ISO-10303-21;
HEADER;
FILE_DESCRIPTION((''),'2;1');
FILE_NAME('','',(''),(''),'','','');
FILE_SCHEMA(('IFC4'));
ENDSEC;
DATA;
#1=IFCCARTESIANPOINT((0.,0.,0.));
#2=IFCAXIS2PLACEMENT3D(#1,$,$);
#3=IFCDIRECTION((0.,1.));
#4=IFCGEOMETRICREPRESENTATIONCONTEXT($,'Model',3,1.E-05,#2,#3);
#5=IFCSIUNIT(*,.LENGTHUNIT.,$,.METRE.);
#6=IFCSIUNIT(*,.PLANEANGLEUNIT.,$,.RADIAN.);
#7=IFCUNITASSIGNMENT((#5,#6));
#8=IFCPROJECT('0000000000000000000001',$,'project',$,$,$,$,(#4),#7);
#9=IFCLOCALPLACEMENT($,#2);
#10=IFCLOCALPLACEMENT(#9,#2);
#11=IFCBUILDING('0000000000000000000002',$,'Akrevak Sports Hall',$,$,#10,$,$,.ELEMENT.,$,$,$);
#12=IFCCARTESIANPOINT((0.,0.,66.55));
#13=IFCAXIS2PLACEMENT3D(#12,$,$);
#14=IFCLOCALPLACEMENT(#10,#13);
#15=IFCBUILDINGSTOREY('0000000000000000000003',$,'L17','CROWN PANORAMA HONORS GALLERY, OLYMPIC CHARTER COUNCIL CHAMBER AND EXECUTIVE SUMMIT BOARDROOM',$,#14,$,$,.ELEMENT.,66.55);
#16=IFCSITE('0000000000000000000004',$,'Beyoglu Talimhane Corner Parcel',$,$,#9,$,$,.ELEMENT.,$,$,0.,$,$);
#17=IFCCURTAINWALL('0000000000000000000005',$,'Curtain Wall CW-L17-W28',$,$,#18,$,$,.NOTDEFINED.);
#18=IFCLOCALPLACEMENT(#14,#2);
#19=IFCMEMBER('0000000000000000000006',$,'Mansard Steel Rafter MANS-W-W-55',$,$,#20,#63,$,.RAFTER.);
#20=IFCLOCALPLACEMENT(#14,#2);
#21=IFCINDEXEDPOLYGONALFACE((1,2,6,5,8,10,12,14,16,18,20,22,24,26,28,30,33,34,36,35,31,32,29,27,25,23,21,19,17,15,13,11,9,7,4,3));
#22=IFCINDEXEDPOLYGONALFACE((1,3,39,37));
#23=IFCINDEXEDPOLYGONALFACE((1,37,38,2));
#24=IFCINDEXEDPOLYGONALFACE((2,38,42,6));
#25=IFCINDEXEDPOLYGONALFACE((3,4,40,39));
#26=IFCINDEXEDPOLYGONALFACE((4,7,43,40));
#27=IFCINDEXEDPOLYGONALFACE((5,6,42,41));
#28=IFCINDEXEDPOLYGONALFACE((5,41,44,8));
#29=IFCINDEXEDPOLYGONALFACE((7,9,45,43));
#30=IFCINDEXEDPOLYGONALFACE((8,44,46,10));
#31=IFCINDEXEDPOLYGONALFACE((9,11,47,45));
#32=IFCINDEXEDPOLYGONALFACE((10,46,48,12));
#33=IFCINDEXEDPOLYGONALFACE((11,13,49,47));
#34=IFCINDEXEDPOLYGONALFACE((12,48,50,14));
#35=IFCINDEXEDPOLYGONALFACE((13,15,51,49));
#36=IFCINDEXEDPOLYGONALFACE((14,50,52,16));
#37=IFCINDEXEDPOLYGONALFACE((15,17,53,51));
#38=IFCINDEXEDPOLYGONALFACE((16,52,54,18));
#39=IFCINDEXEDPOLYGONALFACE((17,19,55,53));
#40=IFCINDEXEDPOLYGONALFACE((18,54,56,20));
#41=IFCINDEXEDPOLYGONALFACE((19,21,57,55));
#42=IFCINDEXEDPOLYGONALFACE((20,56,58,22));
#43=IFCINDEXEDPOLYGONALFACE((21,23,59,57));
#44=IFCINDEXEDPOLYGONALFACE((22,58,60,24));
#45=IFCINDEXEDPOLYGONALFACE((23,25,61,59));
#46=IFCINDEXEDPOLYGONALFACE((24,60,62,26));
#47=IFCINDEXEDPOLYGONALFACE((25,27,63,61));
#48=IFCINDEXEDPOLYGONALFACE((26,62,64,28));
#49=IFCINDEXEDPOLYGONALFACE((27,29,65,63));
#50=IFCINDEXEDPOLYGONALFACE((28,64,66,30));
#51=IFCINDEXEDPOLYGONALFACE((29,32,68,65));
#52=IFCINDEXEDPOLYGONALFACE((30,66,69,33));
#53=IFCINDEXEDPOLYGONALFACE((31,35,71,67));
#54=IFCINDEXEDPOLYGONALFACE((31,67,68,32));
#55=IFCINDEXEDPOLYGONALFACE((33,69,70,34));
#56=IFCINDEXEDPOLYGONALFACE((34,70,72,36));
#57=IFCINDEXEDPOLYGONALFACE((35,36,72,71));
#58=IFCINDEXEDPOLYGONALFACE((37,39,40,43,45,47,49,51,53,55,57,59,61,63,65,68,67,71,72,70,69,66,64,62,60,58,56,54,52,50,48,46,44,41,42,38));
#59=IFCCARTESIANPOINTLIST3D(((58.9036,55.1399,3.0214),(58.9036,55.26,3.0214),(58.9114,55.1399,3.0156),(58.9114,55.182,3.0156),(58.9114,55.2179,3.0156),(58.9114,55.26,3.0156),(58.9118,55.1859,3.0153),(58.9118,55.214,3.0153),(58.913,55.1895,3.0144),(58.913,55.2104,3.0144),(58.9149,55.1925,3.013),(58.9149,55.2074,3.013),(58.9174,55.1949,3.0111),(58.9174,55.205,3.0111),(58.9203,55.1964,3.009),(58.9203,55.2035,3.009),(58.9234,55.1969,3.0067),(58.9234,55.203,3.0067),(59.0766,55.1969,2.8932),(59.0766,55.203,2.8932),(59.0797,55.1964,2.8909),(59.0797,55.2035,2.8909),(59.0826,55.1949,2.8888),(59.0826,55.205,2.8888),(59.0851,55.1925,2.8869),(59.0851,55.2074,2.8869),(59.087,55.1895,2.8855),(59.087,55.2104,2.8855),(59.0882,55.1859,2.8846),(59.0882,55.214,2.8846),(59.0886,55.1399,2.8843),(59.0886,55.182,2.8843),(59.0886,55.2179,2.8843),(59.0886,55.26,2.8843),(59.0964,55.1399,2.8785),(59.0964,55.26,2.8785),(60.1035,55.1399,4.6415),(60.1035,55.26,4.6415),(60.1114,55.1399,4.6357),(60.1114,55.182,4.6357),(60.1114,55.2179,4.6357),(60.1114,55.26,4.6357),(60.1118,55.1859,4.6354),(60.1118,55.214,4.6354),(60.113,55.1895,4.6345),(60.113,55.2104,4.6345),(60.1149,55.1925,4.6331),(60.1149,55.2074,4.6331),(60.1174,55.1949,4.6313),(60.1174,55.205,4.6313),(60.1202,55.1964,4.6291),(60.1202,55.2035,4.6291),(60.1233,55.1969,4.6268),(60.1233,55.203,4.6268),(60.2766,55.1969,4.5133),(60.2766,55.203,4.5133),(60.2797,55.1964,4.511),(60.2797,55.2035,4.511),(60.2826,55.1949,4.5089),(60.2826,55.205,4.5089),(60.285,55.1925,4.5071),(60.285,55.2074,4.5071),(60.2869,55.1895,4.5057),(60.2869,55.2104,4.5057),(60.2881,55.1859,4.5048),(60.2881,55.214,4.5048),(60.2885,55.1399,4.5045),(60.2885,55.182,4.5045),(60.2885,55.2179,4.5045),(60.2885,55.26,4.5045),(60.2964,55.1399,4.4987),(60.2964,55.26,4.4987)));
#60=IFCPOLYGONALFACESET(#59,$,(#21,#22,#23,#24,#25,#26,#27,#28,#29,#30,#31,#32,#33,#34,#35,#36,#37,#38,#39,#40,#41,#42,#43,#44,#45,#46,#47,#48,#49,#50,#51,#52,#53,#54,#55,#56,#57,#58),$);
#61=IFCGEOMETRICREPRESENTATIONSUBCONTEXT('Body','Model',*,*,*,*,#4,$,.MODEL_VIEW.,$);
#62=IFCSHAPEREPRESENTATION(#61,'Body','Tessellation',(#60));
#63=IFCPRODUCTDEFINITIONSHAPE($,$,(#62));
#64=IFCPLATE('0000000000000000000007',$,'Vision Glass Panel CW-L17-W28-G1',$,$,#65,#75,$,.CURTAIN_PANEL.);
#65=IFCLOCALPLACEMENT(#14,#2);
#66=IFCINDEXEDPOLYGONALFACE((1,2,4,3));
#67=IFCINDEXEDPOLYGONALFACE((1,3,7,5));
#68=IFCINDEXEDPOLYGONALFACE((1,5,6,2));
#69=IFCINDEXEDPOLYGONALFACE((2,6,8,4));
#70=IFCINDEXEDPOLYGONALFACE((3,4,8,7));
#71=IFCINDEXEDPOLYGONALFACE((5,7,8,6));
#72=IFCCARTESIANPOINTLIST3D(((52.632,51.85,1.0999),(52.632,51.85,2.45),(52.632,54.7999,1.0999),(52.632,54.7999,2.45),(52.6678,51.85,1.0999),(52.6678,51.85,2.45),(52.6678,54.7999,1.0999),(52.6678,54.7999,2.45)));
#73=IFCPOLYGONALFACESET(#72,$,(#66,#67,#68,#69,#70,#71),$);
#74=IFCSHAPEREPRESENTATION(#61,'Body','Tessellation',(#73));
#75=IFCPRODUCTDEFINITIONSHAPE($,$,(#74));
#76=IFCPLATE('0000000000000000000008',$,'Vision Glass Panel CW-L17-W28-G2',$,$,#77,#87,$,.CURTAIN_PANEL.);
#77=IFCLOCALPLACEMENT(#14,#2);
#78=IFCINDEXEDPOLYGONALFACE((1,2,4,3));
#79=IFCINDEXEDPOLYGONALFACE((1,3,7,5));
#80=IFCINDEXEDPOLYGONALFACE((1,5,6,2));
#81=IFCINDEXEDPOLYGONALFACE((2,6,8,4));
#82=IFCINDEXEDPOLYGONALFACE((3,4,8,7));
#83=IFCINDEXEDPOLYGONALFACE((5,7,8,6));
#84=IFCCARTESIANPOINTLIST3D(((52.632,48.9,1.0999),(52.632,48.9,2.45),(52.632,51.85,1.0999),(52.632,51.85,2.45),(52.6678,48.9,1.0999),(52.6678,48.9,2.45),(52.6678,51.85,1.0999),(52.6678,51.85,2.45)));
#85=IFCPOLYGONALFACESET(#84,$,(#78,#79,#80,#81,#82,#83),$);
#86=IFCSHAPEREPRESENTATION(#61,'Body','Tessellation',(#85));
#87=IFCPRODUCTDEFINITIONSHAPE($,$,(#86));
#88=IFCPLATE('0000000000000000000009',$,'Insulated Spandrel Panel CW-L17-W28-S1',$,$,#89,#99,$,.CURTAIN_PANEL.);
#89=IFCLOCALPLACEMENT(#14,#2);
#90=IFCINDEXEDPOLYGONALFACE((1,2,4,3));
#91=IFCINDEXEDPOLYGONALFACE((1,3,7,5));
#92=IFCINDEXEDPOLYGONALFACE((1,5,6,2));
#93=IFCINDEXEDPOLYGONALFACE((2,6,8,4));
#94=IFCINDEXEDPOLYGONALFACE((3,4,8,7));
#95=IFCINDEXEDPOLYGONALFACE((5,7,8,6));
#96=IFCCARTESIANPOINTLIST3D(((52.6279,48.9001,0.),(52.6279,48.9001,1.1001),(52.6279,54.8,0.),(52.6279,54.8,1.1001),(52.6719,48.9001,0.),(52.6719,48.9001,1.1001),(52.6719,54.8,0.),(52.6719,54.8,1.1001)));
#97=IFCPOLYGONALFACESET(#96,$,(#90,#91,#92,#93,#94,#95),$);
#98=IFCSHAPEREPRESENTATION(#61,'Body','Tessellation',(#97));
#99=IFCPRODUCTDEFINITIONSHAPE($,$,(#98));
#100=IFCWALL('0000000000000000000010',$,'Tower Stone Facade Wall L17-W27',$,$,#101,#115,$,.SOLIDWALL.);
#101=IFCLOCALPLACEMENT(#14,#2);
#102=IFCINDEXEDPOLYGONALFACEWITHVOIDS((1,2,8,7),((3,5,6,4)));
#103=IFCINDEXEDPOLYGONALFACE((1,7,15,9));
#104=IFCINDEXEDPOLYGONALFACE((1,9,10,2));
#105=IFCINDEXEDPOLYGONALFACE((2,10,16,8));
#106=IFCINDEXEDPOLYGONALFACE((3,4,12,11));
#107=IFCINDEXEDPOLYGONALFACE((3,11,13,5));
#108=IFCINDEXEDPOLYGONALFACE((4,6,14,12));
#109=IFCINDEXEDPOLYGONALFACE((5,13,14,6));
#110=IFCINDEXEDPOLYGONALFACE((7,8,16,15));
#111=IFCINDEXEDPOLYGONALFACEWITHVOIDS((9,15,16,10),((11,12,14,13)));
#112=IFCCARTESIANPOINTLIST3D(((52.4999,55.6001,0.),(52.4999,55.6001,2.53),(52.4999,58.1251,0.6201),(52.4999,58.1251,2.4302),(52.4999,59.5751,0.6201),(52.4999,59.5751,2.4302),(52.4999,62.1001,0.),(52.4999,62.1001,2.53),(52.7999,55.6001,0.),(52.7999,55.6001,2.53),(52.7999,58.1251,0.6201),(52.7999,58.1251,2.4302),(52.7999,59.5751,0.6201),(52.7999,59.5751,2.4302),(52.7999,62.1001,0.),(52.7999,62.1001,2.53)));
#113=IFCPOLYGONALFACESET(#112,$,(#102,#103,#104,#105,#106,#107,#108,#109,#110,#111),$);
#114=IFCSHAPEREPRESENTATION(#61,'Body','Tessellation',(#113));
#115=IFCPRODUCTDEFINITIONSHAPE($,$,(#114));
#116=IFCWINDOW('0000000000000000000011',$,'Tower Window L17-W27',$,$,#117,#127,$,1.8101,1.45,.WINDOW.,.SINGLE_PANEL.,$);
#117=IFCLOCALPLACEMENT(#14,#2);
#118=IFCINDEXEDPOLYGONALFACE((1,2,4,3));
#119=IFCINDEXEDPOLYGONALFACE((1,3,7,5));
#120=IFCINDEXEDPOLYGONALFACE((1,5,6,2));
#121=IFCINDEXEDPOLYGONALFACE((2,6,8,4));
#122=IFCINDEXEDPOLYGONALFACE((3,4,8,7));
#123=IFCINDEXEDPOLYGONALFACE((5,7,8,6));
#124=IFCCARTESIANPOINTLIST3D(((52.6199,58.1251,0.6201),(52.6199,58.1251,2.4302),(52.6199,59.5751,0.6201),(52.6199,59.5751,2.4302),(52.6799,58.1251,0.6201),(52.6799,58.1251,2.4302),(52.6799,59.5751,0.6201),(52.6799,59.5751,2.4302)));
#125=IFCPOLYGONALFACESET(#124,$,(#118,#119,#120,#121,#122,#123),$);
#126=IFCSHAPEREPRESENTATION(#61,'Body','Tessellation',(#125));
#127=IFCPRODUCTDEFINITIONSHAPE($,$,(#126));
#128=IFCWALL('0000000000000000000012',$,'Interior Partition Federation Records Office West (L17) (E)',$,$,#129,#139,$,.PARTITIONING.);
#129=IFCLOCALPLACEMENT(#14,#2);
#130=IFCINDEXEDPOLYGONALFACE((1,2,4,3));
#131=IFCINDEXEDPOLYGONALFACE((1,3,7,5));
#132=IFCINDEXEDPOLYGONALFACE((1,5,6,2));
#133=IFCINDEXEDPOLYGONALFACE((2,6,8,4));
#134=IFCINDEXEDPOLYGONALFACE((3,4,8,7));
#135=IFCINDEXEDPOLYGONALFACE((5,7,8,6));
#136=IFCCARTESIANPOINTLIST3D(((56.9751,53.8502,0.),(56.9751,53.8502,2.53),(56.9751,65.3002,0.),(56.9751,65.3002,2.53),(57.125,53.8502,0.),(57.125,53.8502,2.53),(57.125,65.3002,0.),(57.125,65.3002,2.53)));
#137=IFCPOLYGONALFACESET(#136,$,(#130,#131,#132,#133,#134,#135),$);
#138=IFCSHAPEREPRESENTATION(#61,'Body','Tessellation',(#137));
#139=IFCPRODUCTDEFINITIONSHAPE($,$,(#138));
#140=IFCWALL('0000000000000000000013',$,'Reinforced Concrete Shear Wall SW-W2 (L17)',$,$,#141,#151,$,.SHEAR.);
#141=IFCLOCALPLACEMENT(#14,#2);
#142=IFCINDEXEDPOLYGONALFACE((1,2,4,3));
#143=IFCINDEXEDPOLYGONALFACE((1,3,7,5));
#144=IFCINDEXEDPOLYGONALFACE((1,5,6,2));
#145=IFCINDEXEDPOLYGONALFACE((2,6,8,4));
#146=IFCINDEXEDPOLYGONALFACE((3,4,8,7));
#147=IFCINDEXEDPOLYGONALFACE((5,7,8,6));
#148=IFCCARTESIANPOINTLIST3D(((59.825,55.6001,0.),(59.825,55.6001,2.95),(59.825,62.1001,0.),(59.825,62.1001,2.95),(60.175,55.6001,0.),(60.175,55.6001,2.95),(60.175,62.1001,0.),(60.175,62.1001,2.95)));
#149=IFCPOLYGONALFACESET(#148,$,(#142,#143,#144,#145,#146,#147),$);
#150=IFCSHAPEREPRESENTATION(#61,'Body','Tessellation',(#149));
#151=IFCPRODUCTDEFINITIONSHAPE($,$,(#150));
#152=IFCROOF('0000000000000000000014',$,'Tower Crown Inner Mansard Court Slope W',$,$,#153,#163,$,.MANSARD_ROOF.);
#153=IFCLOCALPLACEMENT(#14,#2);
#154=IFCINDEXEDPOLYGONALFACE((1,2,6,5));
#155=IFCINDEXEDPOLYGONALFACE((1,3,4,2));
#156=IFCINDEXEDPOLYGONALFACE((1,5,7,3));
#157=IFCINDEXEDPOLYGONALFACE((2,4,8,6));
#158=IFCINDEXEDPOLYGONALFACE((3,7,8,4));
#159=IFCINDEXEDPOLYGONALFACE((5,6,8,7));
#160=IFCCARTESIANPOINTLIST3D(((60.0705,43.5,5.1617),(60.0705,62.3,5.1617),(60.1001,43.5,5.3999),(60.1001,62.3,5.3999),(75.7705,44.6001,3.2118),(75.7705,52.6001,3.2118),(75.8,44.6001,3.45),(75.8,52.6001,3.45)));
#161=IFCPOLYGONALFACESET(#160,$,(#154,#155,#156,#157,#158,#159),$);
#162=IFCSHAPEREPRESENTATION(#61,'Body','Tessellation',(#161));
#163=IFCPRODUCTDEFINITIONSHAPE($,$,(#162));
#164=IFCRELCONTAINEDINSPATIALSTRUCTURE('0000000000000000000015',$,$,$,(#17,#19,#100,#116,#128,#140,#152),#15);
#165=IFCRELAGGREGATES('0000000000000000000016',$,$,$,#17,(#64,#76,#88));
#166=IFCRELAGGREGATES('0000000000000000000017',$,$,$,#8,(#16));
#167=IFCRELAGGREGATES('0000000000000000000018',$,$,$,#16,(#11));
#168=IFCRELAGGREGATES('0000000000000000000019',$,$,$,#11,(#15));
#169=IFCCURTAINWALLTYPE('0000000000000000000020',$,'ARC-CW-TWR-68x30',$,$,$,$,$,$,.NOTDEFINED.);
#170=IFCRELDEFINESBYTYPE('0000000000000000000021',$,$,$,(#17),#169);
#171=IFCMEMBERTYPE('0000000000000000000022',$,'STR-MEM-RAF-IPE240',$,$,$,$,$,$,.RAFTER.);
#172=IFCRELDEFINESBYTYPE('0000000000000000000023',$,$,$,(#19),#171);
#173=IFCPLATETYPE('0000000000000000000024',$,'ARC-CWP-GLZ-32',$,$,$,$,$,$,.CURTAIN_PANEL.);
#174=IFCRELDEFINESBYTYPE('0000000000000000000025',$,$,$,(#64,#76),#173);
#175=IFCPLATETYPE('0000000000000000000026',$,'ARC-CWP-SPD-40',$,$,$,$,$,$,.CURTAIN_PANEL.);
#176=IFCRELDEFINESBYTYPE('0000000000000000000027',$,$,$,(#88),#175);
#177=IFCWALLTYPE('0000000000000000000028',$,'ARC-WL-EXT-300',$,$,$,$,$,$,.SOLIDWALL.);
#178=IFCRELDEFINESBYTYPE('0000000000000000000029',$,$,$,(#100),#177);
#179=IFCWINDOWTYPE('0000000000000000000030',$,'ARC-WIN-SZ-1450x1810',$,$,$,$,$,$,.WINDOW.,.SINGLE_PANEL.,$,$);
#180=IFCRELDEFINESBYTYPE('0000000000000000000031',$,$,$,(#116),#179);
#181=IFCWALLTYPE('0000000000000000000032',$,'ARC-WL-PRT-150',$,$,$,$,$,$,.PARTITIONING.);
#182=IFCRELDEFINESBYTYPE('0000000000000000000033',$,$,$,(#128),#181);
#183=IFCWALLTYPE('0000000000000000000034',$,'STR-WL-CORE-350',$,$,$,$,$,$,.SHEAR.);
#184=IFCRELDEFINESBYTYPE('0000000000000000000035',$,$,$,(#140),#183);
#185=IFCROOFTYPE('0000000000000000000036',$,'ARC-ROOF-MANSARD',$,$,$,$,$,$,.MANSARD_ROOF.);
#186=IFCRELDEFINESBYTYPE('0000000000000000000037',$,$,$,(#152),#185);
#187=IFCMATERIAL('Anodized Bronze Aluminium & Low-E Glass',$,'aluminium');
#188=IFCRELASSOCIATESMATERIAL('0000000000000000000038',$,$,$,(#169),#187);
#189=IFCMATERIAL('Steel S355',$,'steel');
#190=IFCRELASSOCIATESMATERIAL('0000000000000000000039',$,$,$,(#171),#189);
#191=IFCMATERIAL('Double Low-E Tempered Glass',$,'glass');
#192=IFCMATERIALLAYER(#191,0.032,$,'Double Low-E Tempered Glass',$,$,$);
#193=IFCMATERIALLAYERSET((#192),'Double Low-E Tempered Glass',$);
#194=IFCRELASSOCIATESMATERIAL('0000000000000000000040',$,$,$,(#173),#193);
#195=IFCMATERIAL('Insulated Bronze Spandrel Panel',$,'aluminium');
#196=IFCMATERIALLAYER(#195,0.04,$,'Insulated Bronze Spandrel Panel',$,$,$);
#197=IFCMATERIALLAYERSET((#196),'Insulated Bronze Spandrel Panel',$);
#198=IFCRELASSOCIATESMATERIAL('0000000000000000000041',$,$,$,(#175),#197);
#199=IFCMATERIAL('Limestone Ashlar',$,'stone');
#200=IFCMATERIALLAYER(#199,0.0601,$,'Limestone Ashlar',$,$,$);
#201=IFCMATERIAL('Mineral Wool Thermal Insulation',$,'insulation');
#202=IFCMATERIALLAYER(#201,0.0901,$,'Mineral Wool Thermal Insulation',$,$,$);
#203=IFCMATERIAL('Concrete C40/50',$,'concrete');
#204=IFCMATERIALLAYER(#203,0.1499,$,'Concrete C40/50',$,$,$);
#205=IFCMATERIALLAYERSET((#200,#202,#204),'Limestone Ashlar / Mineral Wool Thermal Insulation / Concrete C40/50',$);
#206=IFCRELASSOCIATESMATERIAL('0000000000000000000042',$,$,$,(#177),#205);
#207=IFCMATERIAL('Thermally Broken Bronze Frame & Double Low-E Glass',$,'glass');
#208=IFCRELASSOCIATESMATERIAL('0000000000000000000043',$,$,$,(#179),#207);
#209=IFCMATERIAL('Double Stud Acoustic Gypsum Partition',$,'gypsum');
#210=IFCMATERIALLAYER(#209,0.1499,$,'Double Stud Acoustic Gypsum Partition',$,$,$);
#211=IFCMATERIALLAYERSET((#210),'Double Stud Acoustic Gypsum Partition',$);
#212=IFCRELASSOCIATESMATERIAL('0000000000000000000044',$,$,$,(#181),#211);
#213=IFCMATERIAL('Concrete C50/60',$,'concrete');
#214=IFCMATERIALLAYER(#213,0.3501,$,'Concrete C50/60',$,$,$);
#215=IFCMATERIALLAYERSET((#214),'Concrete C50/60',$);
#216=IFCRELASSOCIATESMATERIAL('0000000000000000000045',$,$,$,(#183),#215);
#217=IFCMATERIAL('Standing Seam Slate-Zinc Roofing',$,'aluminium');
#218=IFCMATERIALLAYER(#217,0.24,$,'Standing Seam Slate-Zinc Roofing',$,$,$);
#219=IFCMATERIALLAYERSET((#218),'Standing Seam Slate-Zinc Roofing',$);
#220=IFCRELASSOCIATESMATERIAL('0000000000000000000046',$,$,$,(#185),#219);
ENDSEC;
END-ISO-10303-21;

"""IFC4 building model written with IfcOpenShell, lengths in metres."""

from ifc_helpers import new_model, si_unit, direction, frame, frame_2d, origin, origin_2d, place, context, subcontext, project, spatial, polyline, rectangle, i_section, outline, extrude, material, layer, layer_set, material_profile, profile_set, type_object, element, fill, aggregate, save


model = new_model("IFC4")

# Units and contexts
model_context = context("Model", 3, precision=1e-05, world=origin(), true_north=direction((0.0, 1.0)))
body_context = subcontext(model_context, "Body", "Model", "MODEL_VIEW")
ifc_project = project(units=[si_unit("LENGTHUNIT", "METRE"), si_unit("PLANEANGLEUNIT", "RADIAN")], contexts=[model_context])

# Site, building, storey
site_placement = place(None, origin())
site = spatial("IfcSite", under=ifc_project, at=site_placement, Name="Beyoglu Talimhane Corner Parcel", CompositionType="ELEMENT", RefElevation=0.0)
building_placement = place(site_placement, origin())
building = spatial("IfcBuilding", under=site, at=building_placement, Name="Akrevak Sports Hall", CompositionType="ELEMENT")
storey_placement = place(building_placement, frame((0.0, 0.0, 66.55)))
storey = spatial("IfcBuildingStorey", under=building, at=storey_placement, Name="L17", Description="CROWN PANORAMA HONORS GALLERY, OLYMPIC CHARTER COUNCIL CHAMBER AND EXECUTIVE SUMMIT BOARDROOM", CompositionType="ELEMENT", Elevation=66.55)

# Shared definitions
ifc_material_1 = material(Name="Concrete C40/50", Category="concrete")

# Curtain wall
ifc_material_2 = material(Name="Anodized Bronze Aluminium & Low-E Glass", Category="aluminium")
curtain_wall_type = type_object("IfcCurtainWallType", Name="ARC-CW-TWR-68x30", PredefinedType="NOTDEFINED", material=ifc_material_2)
curtain_wall_placement = place(storey_placement, origin())
curtain_wall = element("IfcCurtainWall", 1, at=curtain_wall_placement, inside=storey, type_object=curtain_wall_type, Name="Curtain Wall CW-L17-W28", PredefinedType="NOTDEFINED")

# Member
ifc_material_3 = material(Name="Steel S355", Category="steel")
ifc_material_profile_1 = material_profile(ifc_material_3, i_section(OverallWidth=0.1201, OverallDepth=0.24, WebThickness=0.0061, FlangeThickness=0.0098, FilletRadius=0.0149, at=origin_2d()), Name="IPE 240", Category="steel")
ifc_profile_set_1 = profile_set([ifc_material_profile_1], Name="Steel S355")
member_type_1 = type_object("IfcMemberType", Name="STR-MEM-RAF-IPE240", PredefinedType="RAFTER", material=ifc_profile_set_1)
member_1_placement = place(storey_placement, frame((59.0, 55.2, 2.95), z_axis=(0.595184, 0.0, 0.803589), x_axis=(0.0, 1.0, 0.0)))
element("IfcMember", 2, at=member_1_placement, inside=storey, type_object=member_type_1, Name="Mansard Steel Rafter MANS-W-W-55", PredefinedType="RAFTER", context=body_context, shape_type="SweptSolid", body=[
    extrude(i_section(OverallWidth=0.1201, OverallDepth=0.24, WebThickness=0.0061, FlangeThickness=0.0098, FilletRadius=0.0149, at=origin_2d()), origin(), (0.0, 0.0, 1.0), 2.0161),
])

# Plates
ifc_material_4 = material(Name="Double Low-E Tempered Glass", Category="glass")
ifc_layer_1 = layer(ifc_material_4, 0.032, Name="Double Low-E Tempered Glass")
ifc_layer_set_1 = layer_set([ifc_layer_1], Name="Double Low-E Tempered Glass")
plate_type_1 = type_object("IfcPlateType", Name="ARC-CWP-GLZ-32", PredefinedType="CURTAIN_PANEL", material=ifc_layer_set_1)
plate_1_placement = place(storey_placement, frame((52.6499, 53.325, 1.0999), z_axis=(0.0, 0.0, 1.0), x_axis=(0.0, -1.0, 0.0)))
plate_1 = element("IfcPlate", 3, at=plate_1_placement, type_object=plate_type_1, Name="Vision Glass Panel CW-L17-W28-G1", PredefinedType="CURTAIN_PANEL", context=body_context, shape_type="SweptSolid", body=[
    extrude(rectangle(XDim=2.95, YDim=0.0359, at=origin_2d()), origin(), (0.0, 0.0, 1.0), 1.3501),
])
plate_2_placement = place(storey_placement, frame((52.6499, 50.375, 1.0999), z_axis=(0.0, 0.0, 1.0), x_axis=(0.0, -1.0, 0.0)))
plate_2 = element("IfcPlate", 4, at=plate_2_placement, type_object=plate_type_1, Name="Vision Glass Panel CW-L17-W28-G2", PredefinedType="CURTAIN_PANEL", context=body_context, shape_type="SweptSolid", body=[
    extrude(rectangle(XDim=2.95, YDim=0.0359, at=origin_2d()), origin(), (0.0, 0.0, 1.0), 1.3501),
])
ifc_material_5 = material(Name="Insulated Bronze Spandrel Panel", Category="aluminium")
ifc_layer_2 = layer(ifc_material_5, 0.04, Name="Insulated Bronze Spandrel Panel")
ifc_layer_set_2 = layer_set([ifc_layer_2], Name="Insulated Bronze Spandrel Panel")
plate_type_2 = type_object("IfcPlateType", Name="ARC-CWP-SPD-40", PredefinedType="CURTAIN_PANEL", material=ifc_layer_set_2)
plate_3_placement = place(storey_placement, frame((52.6499, 51.8501, 0.0), z_axis=(0.0, 0.0, 1.0), x_axis=(0.0, -1.0, 0.0)))
plate_3 = element("IfcPlate", 5, at=plate_3_placement, type_object=plate_type_2, Name="Insulated Spandrel Panel CW-L17-W28-S1", PredefinedType="CURTAIN_PANEL", context=body_context, shape_type="SweptSolid", body=[
    extrude(rectangle(XDim=5.8999, YDim=0.0439, at=origin_2d()), origin(), (0.0, 0.0, 1.0), 1.1001),
])
aggregate(curtain_wall, [plate_1, plate_2, plate_3])

# Wall, opening, window
ifc_material_6 = material(Name="Limestone Ashlar", Category="stone")
ifc_layer_3 = layer(ifc_material_6, 0.0601, Name="Limestone Ashlar")
ifc_material_7 = material(Name="Mineral Wool Thermal Insulation", Category="insulation")
ifc_layer_4 = layer(ifc_material_7, 0.0901, Name="Mineral Wool Thermal Insulation")
ifc_layer_5 = layer(ifc_material_1, 0.1499, Name="Concrete C40/50")
ifc_layer_set_3 = layer_set([ifc_layer_3, ifc_layer_4, ifc_layer_5], Name="Limestone Ashlar / Mineral Wool Thermal Insulation / Concrete C40/50")
wall_type_1 = type_object("IfcWallType", Name="ARC-WL-EXT-300", PredefinedType="SOLIDWALL", material=ifc_layer_set_3)
wall_1_placement = place(storey_placement, frame((52.6499, 62.1001, 0.0), z_axis=(0.0, 0.0, 1.0), x_axis=(0.0, -1.0, 0.0)))
wall_1 = element("IfcWall", 6, at=wall_1_placement, inside=storey, type_object=wall_type_1, Name="Tower Stone Facade Wall L17-W27", PredefinedType="SOLIDWALL", context=body_context, shape_type="SweptSolid", body=[
    extrude(rectangle(XDim=6.5, YDim=0.3, at=frame_2d((3.25, 0.0))), origin(), (0.0, 0.0, 1.0), 2.53),
])
opening_1_placement = place(wall_1_placement, frame((2.5249, 0.0, 0.6201)))
opening_1 = element("IfcOpeningElement", 7, at=opening_1_placement, cuts=wall_1, PredefinedType="OPENING", context=body_context, shape_type="SweptSolid", body=[
    extrude(rectangle(XDim=1.45, YDim=1.8101, at=frame_2d((0.7251, 0.905))), frame((0.0, 0.1621, 0.0), z_axis=(0.0, -1.0, 0.0), x_axis=(1.0, 0.0, 0.0)), (0.0, 0.0, 1.0), 0.324),
])
ifc_material_8 = material(Name="Thermally Broken Bronze Frame & Double Low-E Glass", Category="glass")
window_type = type_object("IfcWindowType", Name="ARC-WIN-SZ-1450x1810", PartitioningType="SINGLE_PANEL", PredefinedType="WINDOW", material=ifc_material_8)
window_placement = place(opening_1_placement, origin())
window = element("IfcWindow", 8, at=window_placement, inside=storey, type_object=window_type, Name="Tower Window L17-W27", OverallHeight=1.8101, OverallWidth=1.45, PartitioningType="SINGLE_PANEL", PredefinedType="WINDOW", context=body_context, shape_type="SweptSolid", body=[
    extrude(rectangle(XDim=1.45, YDim=1.8101, at=frame_2d((0.7251, 0.905))), frame((0.0, 0.03, 0.0), z_axis=(0.0, -1.0, 0.0), x_axis=(1.0, 0.0, 0.0)), (0.0, 0.0, 1.0), 0.0601),
])
fill(opening_1, window)

# Shared definitions
ifc_material_9 = material(Name="Double Stud Acoustic Gypsum Partition", Category="gypsum")
ifc_layer_6 = layer(ifc_material_9, 0.1499, Name="Double Stud Acoustic Gypsum Partition")
ifc_layer_set_4 = layer_set([ifc_layer_6], Name="Double Stud Acoustic Gypsum Partition")
wall_type_2 = type_object("IfcWallType", Name="ARC-WL-PRT-150", PredefinedType="PARTITIONING", material=ifc_layer_set_4)

# Walls
wall_2_placement = place(storey_placement, frame((57.05, 53.8501, 0.0), z_axis=(0.0, 0.0, 1.0), x_axis=(0.0, 1.0, 0.0)))
element("IfcWall", 9, at=wall_2_placement, inside=storey, type_object=wall_type_2, Name="Interior Partition Federation Records Office West (L17) (E)", PredefinedType="PARTITIONING", context=body_context, shape_type="SweptSolid", body=[
    extrude(rectangle(XDim=11.45, YDim=0.1499, at=frame_2d((5.7251, 0.0))), origin(), (0.0, 0.0, 1.0), 2.53),
])
ifc_material_10 = material(Name="Concrete C50/60", Category="concrete")
ifc_layer_7 = layer(ifc_material_10, 0.3501, Name="Concrete C50/60")
ifc_layer_set_5 = layer_set([ifc_layer_7], Name="Concrete C50/60")
wall_type_3 = type_object("IfcWallType", Name="STR-WL-CORE-350", PredefinedType="SHEAR", material=ifc_layer_set_5)
wall_3_placement = place(storey_placement, frame((60.0, 55.6001, 0.0), z_axis=(0.0, 0.0, 1.0), x_axis=(0.0, 1.0, 0.0)))
element("IfcWall", 10, at=wall_3_placement, inside=storey, type_object=wall_type_3, Name="Reinforced Concrete Shear Wall SW-W2 (L17)", PredefinedType="SHEAR", context=body_context, shape_type="SweptSolid", body=[
    extrude(rectangle(XDim=6.5, YDim=0.3501, at=frame_2d((3.25, 0.0))), origin(), (0.0, 0.0, 1.0), 2.95),
])

# Roof
ifc_material_11 = material(Name="Standing Seam Slate-Zinc Roofing", Category="aluminium")
ifc_layer_8 = layer(ifc_material_11, 0.24, Name="Standing Seam Slate-Zinc Roofing")
ifc_layer_set_6 = layer_set([ifc_layer_8], Name="Standing Seam Slate-Zinc Roofing")
roof_type = type_object("IfcRoofType", Name="ARC-ROOF-MANSARD", PredefinedType="MANSARD_ROOF", material=ifc_layer_set_6)
roof_placement = place(storey_placement, frame((60.1001, 62.3, 5.3999), z_axis=(0.123254, 0.0, 0.992375), x_axis=(0.0, -1.0, 0.0)))
element("IfcRoof", 11, at=roof_placement, inside=storey, type_object=roof_type, Name="Tower Crown Inner Mansard Court Slope W", PredefinedType="MANSARD_ROOF", context=body_context, shape_type="SweptSolid", body=[
    extrude(outline(polyline([(0.0, 0.0), (18.8, 0.0), (17.7, 15.8206), (9.7, 15.8206), (0.0, 0.0)])), origin(), (0.0, 0.0, -1.0), 0.24),
])

save(model, "model.ifc")
